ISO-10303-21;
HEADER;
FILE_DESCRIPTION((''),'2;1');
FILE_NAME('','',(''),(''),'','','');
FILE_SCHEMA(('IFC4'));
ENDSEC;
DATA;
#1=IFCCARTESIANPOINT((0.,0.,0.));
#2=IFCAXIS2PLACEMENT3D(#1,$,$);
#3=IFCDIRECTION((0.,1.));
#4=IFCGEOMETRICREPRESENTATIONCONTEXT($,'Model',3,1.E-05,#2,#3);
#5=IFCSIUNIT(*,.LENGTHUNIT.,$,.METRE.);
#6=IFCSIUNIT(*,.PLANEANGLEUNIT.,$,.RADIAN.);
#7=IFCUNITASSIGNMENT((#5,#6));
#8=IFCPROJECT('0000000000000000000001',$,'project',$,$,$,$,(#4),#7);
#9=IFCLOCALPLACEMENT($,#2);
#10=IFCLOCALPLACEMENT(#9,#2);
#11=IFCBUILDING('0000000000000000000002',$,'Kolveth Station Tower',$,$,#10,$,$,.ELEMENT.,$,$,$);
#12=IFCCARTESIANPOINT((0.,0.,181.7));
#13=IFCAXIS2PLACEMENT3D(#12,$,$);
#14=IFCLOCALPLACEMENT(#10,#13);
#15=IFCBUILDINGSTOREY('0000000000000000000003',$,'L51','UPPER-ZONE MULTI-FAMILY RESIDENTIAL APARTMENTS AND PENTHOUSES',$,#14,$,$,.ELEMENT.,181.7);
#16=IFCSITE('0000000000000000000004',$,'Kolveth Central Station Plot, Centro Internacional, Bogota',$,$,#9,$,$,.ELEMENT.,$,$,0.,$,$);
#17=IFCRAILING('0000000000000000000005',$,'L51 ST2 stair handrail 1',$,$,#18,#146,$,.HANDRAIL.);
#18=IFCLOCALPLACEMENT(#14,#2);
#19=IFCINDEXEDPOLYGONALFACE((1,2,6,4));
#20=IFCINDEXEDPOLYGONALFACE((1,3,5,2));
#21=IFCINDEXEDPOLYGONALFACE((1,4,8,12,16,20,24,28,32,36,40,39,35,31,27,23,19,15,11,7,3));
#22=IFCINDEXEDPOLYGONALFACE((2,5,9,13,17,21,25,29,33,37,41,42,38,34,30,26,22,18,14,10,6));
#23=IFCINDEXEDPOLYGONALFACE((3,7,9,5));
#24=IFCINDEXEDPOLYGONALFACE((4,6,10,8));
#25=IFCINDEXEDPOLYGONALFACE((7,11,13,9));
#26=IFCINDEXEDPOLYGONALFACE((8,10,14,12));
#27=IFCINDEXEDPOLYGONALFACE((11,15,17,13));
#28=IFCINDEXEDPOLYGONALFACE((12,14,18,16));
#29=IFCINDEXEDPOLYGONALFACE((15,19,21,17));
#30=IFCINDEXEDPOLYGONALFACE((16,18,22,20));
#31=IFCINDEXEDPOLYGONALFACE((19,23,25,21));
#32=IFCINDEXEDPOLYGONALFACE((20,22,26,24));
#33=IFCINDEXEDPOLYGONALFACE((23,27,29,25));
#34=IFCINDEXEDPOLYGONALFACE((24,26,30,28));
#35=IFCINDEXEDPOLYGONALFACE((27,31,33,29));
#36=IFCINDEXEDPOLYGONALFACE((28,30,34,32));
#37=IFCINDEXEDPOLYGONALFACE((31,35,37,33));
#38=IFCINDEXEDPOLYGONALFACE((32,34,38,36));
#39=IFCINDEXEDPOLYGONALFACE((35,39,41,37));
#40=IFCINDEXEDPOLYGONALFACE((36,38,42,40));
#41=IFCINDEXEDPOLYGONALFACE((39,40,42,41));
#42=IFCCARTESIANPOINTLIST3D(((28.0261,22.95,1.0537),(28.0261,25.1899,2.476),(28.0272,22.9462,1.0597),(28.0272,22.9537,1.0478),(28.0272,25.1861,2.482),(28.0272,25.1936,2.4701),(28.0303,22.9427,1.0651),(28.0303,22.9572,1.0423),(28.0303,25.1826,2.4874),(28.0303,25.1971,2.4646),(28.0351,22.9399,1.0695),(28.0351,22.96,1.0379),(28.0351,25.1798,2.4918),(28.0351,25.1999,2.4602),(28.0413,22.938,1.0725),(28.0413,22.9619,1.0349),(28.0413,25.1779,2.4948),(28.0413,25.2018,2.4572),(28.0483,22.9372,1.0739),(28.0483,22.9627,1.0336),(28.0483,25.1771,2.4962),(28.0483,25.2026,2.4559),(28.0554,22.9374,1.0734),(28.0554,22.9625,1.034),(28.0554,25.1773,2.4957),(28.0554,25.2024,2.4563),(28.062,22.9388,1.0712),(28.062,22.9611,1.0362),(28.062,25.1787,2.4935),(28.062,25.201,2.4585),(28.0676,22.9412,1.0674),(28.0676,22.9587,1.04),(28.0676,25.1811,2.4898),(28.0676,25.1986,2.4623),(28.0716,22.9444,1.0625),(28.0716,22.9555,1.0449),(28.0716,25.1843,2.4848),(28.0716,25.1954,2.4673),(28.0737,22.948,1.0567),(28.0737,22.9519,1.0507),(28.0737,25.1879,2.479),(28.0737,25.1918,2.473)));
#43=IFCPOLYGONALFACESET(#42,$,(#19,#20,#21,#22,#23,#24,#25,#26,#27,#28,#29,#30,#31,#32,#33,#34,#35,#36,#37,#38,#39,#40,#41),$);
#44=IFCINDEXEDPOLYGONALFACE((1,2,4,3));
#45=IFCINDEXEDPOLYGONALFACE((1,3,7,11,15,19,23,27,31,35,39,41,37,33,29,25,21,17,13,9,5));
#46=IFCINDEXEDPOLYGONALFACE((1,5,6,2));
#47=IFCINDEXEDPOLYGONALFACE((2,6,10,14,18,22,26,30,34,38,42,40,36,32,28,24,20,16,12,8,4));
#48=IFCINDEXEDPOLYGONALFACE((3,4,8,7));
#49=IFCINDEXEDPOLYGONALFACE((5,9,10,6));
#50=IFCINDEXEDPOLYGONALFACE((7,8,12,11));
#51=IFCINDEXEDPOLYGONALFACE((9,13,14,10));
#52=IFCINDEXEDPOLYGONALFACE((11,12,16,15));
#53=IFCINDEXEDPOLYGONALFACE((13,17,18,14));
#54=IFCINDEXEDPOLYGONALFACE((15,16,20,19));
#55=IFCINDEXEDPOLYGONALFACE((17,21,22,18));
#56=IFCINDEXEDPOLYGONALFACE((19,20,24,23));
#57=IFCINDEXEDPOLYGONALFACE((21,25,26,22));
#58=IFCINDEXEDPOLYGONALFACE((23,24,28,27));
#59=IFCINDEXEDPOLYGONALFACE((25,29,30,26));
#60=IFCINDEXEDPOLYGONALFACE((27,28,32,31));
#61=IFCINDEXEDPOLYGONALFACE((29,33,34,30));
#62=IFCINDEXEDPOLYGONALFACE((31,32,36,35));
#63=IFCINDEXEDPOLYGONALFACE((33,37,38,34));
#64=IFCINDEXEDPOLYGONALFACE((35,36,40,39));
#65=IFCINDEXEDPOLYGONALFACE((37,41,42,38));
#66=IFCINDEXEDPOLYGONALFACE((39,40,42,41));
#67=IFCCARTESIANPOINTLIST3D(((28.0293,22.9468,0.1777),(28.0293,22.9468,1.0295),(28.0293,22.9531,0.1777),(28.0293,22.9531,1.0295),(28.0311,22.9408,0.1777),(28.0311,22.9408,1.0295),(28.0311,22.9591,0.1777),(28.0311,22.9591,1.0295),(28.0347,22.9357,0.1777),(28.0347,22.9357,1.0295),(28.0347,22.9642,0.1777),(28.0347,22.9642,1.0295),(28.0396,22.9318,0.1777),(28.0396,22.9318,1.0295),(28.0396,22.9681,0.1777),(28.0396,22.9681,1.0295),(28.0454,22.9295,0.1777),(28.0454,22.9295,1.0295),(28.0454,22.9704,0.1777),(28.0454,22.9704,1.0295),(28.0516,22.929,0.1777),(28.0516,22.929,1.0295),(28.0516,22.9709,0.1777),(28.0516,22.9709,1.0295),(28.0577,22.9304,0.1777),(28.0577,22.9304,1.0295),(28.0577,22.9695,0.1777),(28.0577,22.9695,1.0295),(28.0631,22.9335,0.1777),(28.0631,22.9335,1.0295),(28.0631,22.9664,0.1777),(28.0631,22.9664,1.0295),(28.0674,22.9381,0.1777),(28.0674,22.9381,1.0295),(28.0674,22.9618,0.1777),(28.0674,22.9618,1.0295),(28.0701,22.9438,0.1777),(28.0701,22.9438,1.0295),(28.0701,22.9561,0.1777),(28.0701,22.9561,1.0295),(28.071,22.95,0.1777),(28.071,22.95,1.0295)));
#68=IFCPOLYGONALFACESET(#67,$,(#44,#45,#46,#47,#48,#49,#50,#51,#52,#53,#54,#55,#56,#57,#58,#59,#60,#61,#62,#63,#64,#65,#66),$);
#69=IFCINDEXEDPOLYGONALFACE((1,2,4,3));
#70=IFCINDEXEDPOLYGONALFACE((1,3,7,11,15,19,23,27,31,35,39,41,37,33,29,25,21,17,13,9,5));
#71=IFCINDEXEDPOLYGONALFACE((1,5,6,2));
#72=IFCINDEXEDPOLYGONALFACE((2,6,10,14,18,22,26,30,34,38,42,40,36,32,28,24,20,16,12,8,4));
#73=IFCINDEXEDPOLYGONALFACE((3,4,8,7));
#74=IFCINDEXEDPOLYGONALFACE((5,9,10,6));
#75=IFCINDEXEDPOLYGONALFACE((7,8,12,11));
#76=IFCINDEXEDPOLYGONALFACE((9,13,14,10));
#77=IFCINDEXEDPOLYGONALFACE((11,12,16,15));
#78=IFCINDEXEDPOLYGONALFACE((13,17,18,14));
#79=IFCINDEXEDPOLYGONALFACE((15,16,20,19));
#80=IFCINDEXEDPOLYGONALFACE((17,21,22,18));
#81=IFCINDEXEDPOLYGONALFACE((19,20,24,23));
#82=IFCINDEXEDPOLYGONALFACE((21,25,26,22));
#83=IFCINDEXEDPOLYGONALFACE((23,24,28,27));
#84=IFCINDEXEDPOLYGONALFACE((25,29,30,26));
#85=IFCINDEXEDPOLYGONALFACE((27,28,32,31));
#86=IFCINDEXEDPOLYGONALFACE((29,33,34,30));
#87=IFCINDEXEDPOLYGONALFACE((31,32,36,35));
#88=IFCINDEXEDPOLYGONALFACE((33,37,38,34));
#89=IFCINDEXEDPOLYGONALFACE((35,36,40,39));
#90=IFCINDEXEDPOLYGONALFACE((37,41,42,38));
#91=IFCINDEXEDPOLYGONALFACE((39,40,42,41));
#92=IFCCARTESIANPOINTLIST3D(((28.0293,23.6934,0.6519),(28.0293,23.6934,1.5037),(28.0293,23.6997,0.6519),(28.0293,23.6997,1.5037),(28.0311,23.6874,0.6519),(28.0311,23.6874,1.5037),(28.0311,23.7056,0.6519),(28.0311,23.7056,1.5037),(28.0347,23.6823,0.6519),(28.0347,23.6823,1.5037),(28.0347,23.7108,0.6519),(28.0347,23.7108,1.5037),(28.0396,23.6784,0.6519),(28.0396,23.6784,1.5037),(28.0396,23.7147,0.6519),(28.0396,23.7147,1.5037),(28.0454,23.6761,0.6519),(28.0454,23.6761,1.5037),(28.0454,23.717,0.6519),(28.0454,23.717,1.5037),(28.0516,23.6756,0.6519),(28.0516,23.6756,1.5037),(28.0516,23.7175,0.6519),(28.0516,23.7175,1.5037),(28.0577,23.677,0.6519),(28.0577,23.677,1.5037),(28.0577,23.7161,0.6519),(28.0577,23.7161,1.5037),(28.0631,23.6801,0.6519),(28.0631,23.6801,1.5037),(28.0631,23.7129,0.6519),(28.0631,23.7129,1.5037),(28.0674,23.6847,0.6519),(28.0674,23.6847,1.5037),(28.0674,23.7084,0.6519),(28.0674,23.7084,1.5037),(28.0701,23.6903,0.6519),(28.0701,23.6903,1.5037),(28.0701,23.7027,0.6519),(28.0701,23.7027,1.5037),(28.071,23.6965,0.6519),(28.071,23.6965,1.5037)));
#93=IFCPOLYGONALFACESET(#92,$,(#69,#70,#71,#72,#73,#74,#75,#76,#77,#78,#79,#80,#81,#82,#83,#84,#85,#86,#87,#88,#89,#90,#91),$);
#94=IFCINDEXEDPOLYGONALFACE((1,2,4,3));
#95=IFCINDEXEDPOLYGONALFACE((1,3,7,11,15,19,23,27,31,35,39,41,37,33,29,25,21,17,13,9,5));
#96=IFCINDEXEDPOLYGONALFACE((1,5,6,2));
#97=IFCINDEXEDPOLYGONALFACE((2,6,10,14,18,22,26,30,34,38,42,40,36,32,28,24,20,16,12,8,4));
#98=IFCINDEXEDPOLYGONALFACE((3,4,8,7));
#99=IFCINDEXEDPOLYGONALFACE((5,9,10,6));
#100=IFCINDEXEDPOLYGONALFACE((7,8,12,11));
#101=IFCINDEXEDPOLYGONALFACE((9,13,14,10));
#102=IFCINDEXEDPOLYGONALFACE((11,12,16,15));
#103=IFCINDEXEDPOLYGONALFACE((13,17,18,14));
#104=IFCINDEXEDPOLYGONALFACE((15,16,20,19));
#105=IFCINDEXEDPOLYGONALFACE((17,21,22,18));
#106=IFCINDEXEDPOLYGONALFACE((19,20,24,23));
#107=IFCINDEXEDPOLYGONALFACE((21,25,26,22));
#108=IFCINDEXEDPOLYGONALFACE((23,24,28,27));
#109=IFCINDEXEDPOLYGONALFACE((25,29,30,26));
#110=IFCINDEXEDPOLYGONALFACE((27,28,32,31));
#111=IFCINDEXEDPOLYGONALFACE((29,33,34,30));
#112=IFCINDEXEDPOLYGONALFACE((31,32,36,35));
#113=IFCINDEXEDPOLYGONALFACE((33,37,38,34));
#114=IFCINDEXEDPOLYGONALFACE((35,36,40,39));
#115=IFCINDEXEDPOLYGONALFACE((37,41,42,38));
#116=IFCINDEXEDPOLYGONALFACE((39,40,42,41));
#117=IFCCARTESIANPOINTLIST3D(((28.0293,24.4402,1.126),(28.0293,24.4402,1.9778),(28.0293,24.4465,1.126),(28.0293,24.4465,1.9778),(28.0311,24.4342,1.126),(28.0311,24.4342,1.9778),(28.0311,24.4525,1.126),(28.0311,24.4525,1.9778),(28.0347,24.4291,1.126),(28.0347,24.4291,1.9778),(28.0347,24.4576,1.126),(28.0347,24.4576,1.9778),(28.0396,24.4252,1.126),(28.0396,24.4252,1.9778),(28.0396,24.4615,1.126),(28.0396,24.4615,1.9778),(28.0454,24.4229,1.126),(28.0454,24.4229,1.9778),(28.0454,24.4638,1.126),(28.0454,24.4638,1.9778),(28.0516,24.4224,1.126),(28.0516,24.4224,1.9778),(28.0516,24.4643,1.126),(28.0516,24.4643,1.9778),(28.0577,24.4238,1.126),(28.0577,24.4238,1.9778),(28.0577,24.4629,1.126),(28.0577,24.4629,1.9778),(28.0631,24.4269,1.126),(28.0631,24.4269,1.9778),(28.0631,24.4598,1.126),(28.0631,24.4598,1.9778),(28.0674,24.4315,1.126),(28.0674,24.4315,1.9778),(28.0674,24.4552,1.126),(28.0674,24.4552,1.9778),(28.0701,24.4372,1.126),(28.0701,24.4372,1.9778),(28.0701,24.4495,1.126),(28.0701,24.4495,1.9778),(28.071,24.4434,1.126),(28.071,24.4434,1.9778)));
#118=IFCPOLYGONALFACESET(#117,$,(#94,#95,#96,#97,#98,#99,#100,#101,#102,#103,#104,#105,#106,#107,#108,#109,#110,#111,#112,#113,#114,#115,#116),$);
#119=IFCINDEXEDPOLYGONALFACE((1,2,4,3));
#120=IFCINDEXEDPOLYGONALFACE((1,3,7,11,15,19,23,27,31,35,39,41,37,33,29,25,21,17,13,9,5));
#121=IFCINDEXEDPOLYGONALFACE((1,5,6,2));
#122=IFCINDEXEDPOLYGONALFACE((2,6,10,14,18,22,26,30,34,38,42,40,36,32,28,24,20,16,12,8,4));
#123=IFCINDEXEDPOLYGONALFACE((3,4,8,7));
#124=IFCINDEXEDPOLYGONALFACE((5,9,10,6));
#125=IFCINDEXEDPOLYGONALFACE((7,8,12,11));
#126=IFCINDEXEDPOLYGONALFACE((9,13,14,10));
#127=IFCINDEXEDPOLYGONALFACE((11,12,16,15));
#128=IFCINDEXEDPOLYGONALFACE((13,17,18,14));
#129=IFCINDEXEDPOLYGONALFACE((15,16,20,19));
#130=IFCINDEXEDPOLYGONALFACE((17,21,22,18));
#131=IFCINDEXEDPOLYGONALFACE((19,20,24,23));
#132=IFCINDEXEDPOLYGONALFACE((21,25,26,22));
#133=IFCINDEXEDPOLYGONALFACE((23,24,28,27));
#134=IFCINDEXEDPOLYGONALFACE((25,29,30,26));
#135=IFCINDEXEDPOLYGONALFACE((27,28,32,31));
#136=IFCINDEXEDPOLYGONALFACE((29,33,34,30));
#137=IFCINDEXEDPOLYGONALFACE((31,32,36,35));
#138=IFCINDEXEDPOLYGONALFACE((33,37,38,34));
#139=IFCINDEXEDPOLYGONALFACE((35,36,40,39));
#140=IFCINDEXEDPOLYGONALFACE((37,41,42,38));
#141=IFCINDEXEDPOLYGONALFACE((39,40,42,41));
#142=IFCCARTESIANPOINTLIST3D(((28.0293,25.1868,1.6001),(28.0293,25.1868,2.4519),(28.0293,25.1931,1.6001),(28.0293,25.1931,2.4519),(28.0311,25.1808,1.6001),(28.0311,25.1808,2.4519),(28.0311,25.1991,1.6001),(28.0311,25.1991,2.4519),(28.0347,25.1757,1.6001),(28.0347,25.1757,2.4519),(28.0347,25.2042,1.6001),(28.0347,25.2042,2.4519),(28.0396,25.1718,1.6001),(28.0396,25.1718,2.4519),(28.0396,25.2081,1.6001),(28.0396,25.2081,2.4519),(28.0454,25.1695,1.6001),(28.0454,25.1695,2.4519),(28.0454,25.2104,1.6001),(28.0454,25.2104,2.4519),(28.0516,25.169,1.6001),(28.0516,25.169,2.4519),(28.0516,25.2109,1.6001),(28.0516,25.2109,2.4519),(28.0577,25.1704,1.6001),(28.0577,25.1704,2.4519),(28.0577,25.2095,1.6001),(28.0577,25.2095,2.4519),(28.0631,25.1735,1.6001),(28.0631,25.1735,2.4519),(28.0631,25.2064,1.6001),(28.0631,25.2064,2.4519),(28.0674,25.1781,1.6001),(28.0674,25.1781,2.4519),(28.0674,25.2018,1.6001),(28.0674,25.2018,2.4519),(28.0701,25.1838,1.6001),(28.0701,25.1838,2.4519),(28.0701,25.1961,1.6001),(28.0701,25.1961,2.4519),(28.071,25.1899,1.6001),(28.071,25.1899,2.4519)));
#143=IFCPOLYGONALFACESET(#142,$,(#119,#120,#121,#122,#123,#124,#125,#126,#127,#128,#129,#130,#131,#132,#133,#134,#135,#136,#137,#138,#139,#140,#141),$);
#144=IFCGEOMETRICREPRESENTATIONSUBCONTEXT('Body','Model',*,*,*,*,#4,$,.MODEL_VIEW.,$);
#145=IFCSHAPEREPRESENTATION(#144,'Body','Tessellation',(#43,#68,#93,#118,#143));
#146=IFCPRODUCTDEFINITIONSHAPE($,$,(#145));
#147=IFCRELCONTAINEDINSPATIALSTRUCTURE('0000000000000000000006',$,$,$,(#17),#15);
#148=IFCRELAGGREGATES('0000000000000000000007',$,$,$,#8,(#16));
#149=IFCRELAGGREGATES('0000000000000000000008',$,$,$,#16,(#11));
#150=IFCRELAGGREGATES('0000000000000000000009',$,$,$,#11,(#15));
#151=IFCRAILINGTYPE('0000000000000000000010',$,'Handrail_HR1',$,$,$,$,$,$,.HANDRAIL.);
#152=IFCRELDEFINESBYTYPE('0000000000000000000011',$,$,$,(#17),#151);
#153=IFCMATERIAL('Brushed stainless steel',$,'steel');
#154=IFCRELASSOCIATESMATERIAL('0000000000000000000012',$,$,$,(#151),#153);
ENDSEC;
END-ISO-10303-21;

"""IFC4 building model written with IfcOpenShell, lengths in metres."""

from ifc_helpers import new_model, si_unit, direction, frame, origin, origin_2d, place, context, subcontext, project, spatial, circle, extrude, material, type_object, element, save


model = new_model("IFC4")

# Units and contexts
model_context = context("Model", 3, precision=1e-05, world=origin(), true_north=direction((0.0, 1.0)))
body_context = subcontext(model_context, "Body", "Model", "MODEL_VIEW")
ifc_project = project(units=[si_unit("LENGTHUNIT", "METRE"), si_unit("PLANEANGLEUNIT", "RADIAN")], contexts=[model_context])

# Site, building, storey
site_placement = place(None, origin())
site = spatial("IfcSite", under=ifc_project, at=site_placement, Name="Kolveth Central Station Plot, Centro Internacional, Bogota", CompositionType="ELEMENT", RefElevation=0.0)
building_placement = place(site_placement, origin())
building = spatial("IfcBuilding", under=site, at=building_placement, Name="Kolveth Station Tower", CompositionType="ELEMENT")
storey_placement = place(building_placement, frame((0.0, 0.0, 181.7)))
storey = spatial("IfcBuildingStorey", under=building, at=storey_placement, Name="L51", Description="UPPER-ZONE MULTI-FAMILY RESIDENTIAL APARTMENTS AND PENTHOUSES", CompositionType="ELEMENT", Elevation=181.7)

# Railing
ifc_material_1 = material(Name="Brushed stainless steel", Category="steel")
railing_type_1 = type_object("IfcRailingType", Name="Handrail_HR1", PredefinedType="HANDRAIL", material=ifc_material_1)
railing_1_placement = place(storey_placement, frame((28.05, 22.95, 0.1777)))
element("IfcRailing", 1, at=railing_1_placement, inside=storey, type_object=railing_type_1, Name="L51 ST2 stair handrail 1", PredefinedType="HANDRAIL", context=body_context, shape_type="SweptSolid", body=[
    extrude(circle(Radius=0.0239, at=origin_2d()), frame((0.0, 0.0, 0.876), z_axis=(0.0, 0.844188, 0.536048), x_axis=(-1.0, 0.0, 0.0)), (0.0, 0.0, 1.0), 2.6533),
    extrude(circle(Radius=0.021, at=origin_2d()), origin(), (0.0, 0.0, 1.0), 0.8518),
    extrude(circle(Radius=0.021, at=origin_2d()), frame((0.0, 0.7466, 0.4741)), (0.0, 0.0, 1.0), 0.8518),
    extrude(circle(Radius=0.021, at=origin_2d()), frame((0.0, 1.4934, 0.9482)), (0.0, 0.0, 1.0), 0.8518),
    extrude(circle(Radius=0.021, at=origin_2d()), frame((0.0, 2.24, 1.4224)), (0.0, 0.0, 1.0), 0.8518),
])

save(model, "model.ifc")
